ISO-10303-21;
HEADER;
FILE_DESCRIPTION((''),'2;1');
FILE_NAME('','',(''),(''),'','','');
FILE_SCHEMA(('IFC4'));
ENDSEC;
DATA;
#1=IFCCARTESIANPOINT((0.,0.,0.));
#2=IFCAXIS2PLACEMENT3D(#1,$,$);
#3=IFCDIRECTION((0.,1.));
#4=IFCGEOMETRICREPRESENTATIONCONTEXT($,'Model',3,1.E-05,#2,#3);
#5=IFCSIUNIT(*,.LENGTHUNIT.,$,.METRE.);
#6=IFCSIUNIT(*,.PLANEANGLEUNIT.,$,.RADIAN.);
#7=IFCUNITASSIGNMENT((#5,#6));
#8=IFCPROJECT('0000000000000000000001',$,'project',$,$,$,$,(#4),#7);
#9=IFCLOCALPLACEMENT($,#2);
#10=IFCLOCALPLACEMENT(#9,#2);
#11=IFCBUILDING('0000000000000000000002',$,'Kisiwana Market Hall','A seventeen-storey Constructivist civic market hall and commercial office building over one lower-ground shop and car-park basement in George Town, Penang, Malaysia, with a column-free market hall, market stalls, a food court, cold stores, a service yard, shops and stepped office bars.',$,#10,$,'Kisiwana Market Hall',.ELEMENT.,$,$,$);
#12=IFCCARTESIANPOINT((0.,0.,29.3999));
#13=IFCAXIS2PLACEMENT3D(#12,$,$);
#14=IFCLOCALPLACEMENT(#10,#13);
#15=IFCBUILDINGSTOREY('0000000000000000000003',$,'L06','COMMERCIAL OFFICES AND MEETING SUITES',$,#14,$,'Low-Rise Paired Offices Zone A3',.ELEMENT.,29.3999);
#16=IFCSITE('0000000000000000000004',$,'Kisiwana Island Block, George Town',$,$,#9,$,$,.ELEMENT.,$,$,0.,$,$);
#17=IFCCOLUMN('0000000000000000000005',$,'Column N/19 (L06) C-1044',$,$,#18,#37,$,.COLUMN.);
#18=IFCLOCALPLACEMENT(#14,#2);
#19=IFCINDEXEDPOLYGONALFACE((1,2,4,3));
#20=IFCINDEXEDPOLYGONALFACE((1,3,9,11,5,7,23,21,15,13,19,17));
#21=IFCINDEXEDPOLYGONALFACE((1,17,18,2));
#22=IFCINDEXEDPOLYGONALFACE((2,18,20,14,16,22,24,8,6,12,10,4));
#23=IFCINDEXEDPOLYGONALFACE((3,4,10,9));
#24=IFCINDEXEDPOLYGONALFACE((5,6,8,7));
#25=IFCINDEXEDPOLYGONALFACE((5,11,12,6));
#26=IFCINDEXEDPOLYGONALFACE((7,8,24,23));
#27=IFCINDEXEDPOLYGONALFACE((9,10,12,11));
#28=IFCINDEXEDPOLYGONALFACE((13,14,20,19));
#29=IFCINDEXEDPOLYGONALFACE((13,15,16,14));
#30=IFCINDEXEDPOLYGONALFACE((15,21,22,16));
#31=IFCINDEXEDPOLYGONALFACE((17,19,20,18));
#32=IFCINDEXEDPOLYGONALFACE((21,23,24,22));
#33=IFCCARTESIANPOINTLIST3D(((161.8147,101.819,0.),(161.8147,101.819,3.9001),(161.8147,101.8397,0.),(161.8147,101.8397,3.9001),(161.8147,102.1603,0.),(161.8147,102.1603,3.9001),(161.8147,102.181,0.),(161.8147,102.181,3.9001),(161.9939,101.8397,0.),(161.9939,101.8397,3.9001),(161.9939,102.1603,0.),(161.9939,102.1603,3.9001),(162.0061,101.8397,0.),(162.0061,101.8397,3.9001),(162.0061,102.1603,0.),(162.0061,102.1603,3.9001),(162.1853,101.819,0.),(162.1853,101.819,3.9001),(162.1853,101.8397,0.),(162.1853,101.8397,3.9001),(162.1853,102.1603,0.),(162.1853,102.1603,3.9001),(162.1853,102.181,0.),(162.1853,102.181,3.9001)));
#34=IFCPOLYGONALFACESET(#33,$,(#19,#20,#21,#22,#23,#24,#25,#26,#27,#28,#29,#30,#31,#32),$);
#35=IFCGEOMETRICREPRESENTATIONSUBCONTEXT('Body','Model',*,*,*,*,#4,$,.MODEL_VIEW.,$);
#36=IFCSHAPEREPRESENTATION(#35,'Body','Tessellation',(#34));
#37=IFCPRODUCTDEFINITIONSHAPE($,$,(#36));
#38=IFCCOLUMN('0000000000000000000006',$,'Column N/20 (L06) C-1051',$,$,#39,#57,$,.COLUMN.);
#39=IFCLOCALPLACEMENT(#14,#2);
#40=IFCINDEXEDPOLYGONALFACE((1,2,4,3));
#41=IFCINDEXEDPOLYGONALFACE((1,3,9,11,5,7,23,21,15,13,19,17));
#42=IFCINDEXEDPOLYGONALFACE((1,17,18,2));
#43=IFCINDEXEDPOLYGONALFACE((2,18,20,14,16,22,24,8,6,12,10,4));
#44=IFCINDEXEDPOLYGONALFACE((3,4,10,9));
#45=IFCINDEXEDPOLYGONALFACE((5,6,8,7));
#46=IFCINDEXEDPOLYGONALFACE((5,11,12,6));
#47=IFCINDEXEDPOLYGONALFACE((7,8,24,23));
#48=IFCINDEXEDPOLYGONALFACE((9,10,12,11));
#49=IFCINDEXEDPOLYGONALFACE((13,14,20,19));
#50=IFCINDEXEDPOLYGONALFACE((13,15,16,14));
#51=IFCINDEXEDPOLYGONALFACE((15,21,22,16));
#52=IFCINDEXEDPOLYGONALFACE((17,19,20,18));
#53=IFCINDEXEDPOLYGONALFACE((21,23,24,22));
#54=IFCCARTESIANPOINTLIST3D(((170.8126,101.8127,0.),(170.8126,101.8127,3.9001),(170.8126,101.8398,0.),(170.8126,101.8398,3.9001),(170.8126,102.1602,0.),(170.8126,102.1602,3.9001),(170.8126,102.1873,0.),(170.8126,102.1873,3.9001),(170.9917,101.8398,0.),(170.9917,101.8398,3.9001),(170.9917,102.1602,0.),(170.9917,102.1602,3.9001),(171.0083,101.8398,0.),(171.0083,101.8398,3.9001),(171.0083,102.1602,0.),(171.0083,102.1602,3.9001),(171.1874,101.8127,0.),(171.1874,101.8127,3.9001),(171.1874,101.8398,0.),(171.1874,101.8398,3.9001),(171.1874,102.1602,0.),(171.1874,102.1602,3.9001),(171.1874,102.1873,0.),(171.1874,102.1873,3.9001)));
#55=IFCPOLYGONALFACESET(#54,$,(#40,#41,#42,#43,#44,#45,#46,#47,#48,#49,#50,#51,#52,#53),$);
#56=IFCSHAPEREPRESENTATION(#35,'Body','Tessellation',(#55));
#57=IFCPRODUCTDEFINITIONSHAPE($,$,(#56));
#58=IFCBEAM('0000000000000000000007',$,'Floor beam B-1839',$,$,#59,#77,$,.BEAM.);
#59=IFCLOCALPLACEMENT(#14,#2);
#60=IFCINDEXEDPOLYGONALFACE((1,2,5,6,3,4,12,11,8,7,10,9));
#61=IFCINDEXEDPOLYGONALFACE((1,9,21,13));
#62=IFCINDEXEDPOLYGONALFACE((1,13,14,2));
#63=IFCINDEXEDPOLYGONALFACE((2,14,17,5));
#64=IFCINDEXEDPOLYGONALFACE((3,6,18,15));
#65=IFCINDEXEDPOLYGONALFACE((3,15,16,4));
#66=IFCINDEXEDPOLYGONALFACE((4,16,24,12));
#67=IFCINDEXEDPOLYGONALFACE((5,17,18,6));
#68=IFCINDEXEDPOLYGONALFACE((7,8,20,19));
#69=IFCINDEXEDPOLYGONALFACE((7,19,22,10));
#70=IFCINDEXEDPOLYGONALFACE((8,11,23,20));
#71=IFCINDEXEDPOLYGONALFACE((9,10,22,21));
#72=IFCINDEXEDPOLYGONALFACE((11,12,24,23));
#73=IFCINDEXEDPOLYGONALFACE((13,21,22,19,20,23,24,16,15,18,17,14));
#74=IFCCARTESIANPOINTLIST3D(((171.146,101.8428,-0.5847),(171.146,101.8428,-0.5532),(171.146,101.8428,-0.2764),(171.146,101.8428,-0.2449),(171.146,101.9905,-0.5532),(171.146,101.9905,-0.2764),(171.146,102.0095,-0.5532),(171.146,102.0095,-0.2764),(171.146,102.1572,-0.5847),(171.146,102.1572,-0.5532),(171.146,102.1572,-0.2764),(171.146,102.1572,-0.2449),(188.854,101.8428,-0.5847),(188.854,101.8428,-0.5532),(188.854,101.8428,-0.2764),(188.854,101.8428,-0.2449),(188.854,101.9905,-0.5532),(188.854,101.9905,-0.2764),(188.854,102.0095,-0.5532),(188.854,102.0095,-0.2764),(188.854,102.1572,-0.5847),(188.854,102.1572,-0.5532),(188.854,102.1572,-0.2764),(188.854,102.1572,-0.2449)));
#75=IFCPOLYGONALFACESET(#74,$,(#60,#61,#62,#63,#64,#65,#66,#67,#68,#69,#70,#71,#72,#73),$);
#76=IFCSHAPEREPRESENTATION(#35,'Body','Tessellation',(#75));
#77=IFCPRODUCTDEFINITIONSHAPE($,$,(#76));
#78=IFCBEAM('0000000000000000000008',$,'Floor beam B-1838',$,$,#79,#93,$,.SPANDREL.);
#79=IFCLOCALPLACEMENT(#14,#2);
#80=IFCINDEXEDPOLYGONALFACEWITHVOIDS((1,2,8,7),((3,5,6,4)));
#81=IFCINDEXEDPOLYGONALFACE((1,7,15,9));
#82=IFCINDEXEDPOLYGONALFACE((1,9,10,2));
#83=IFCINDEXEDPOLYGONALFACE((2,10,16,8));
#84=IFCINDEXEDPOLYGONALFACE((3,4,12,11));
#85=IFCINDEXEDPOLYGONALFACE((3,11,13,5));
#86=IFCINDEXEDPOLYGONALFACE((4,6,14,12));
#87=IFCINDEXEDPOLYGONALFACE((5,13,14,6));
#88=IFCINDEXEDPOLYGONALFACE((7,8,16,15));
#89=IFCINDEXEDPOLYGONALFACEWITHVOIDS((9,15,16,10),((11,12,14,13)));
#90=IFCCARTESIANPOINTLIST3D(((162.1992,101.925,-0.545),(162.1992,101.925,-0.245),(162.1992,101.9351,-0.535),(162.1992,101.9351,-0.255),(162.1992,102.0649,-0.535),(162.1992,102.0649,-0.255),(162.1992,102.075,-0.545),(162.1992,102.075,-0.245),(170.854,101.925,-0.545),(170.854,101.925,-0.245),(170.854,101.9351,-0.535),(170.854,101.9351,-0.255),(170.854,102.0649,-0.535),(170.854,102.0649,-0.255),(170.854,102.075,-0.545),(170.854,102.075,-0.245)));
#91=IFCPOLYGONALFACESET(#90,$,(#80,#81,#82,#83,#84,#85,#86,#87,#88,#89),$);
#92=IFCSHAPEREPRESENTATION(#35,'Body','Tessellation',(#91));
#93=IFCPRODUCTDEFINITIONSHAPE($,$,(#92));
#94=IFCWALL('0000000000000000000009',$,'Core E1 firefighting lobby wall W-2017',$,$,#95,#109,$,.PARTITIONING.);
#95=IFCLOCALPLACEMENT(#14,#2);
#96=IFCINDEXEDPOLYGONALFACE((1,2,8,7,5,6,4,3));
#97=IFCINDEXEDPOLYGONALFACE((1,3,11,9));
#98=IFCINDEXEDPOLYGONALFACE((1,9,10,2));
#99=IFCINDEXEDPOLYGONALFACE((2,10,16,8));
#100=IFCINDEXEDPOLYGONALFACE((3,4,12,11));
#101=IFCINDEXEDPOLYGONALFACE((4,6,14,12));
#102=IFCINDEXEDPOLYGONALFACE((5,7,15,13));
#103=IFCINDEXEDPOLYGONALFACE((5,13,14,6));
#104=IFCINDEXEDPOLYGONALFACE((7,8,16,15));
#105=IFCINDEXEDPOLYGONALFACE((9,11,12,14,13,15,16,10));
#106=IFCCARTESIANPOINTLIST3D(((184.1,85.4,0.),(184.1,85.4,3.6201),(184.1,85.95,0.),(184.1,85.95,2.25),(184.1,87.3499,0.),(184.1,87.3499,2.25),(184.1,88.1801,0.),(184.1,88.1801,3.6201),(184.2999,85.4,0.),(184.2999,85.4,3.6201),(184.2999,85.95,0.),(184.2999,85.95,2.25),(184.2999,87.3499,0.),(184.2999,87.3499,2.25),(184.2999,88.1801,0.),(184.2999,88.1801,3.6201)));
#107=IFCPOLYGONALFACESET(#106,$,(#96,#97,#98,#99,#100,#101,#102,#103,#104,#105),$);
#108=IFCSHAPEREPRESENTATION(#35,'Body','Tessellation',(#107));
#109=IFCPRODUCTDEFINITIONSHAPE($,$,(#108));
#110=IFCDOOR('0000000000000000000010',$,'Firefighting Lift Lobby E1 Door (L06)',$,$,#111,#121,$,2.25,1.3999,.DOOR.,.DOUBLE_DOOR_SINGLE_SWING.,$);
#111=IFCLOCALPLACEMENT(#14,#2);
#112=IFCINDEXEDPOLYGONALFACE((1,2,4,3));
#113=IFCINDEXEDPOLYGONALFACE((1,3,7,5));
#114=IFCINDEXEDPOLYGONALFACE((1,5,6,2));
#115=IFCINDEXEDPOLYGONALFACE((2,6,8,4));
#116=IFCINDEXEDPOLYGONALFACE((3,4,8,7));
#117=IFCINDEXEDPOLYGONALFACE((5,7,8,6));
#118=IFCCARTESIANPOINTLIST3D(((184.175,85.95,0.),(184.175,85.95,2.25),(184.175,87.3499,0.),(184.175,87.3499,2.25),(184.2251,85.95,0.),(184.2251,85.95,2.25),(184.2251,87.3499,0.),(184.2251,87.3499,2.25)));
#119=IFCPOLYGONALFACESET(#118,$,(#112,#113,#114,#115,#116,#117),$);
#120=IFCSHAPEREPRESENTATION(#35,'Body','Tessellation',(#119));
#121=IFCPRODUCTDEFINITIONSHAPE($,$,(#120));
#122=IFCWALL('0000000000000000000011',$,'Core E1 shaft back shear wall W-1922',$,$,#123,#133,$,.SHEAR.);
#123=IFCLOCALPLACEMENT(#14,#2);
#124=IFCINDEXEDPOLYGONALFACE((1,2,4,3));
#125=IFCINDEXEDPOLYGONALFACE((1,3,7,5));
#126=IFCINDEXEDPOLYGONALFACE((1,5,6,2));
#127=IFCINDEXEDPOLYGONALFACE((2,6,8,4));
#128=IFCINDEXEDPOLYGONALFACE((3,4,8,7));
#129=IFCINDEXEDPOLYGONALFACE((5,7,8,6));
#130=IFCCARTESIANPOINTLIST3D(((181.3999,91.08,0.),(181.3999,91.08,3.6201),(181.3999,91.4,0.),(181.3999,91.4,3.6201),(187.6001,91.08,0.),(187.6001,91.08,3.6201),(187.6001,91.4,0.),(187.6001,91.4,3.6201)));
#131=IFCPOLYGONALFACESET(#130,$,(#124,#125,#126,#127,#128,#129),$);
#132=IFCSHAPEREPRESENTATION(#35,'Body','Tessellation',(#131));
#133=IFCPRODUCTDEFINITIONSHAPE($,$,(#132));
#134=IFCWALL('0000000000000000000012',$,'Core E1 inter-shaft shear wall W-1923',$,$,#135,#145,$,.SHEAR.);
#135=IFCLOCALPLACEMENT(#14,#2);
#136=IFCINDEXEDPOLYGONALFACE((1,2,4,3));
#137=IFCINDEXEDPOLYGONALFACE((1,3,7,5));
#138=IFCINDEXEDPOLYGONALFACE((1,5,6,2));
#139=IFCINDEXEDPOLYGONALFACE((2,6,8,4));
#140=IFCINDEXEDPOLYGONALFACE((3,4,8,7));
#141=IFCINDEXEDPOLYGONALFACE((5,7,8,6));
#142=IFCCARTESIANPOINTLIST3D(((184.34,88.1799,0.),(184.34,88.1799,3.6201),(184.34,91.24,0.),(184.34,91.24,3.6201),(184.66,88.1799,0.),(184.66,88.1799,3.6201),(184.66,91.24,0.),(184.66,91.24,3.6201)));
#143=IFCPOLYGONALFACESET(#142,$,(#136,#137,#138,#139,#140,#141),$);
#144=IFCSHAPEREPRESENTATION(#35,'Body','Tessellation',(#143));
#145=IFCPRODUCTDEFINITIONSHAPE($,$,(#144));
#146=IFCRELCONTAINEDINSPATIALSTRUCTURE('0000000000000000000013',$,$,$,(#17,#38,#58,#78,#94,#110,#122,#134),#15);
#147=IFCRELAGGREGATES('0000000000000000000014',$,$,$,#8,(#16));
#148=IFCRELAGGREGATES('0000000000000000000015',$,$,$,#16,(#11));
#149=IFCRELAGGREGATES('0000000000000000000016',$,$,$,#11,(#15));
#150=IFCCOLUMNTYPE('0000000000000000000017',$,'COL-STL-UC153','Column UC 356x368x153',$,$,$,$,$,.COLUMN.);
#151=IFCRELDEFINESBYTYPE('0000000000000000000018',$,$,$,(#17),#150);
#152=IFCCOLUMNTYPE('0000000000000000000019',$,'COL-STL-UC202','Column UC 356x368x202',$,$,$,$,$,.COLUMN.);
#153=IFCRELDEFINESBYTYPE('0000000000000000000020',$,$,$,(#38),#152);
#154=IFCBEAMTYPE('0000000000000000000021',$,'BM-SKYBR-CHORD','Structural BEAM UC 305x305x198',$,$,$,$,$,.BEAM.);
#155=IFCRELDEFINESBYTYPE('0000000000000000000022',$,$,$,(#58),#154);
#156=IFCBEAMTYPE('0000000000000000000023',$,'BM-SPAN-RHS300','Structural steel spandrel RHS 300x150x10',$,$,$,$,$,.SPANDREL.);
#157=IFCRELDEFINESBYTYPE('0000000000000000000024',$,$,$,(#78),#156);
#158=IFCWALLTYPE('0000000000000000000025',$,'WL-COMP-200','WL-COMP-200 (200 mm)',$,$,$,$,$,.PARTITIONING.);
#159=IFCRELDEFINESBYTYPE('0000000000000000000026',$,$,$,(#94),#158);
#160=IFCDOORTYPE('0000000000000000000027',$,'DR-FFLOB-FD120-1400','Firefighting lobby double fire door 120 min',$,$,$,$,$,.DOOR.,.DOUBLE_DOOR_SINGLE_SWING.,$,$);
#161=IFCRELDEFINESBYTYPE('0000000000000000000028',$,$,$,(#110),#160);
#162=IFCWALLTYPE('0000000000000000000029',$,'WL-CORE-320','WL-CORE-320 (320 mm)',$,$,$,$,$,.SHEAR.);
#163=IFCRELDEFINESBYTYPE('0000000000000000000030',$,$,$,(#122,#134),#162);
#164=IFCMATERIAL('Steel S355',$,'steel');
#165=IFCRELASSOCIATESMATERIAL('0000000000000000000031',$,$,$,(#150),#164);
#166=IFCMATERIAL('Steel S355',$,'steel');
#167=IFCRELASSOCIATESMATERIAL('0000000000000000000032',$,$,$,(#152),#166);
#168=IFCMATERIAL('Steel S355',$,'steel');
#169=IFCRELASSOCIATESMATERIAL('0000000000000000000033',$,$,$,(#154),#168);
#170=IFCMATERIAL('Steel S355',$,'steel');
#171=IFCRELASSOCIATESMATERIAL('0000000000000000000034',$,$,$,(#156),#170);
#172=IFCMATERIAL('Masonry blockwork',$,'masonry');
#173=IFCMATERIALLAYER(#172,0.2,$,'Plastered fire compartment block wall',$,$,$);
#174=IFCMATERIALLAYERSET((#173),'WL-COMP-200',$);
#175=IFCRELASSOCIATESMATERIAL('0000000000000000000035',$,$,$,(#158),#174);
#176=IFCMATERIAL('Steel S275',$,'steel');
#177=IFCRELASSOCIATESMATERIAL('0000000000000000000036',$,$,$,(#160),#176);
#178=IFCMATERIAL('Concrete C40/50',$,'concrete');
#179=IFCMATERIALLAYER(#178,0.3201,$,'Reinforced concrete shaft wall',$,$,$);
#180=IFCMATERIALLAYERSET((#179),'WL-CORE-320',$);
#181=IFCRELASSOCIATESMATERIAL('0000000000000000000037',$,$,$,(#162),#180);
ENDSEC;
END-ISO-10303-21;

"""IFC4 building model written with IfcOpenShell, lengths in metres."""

from ifc_helpers import new_model, si_unit, direction, frame, frame_2d, origin, origin_2d, place, context, subcontext, project, spatial, rectangle, hollow_rectangle, i_section, extrude, material, layer, layer_set, material_profile, profile_set, type_object, element, fill, save


model = new_model("IFC4")

# Units and contexts
model_context = context("Model", 3, precision=1e-05, world=origin(), true_north=direction((0.0, 1.0)))
body_context = subcontext(model_context, "Body", "Model", "MODEL_VIEW")
ifc_project = project(units=[si_unit("LENGTHUNIT", "METRE"), si_unit("PLANEANGLEUNIT", "RADIAN")], contexts=[model_context])

# Site, building, storey
site_placement = place(None, origin())
site = spatial("IfcSite", under=ifc_project, at=site_placement, Name="Kisiwana Island Block, George Town", CompositionType="ELEMENT", RefElevation=0.0)
building_placement = place(site_placement, origin())
building = spatial("IfcBuilding", under=site, at=building_placement, Name="Kisiwana Market Hall", Description="A seventeen-storey Constructivist civic market hall and commercial office building over one lower-ground shop and car-park basement in George Town, Penang, Malaysia, with a column-free market hall, market stalls, a food court, cold stores, a service yard, shops and stepped office bars.", LongName="Kisiwana Market Hall", CompositionType="ELEMENT")
storey_placement = place(building_placement, frame((0.0, 0.0, 29.3999)))
storey = spatial("IfcBuildingStorey", under=building, at=storey_placement, Name="L06", Description="COMMERCIAL OFFICES AND MEETING SUITES", LongName="Low-Rise Paired Offices Zone A3", CompositionType="ELEMENT", Elevation=29.3999)

# Columns
ifc_material_1 = material(Name="Steel S355", Category="steel")
ifc_material_profile_1 = material_profile(ifc_material_1, i_section(OverallWidth=0.3706, OverallDepth=0.3621, WebThickness=0.0122, FlangeThickness=0.0208, at=origin_2d()), Name="UC 356x368x153")
ifc_profile_set_1 = profile_set([ifc_material_profile_1], Name="Steel S355")
column_type_1 = type_object("IfcColumnType", Name="COL-STL-UC153", Description="Column UC 356x368x153", PredefinedType="COLUMN", material=ifc_profile_set_1)
column_1_placement = place(storey_placement, frame((162.0, 102.0, 0.0), z_axis=(0.0, 0.0, 1.0), x_axis=(1.0, 0.0, 0.0)))
element("IfcColumn", 1, at=column_1_placement, inside=storey, type_object=column_type_1, Name="Column N/19 (L06) C-1044", PredefinedType="COLUMN", context=body_context, shape_type="SweptSolid", body=[
    extrude(i_section(OverallWidth=0.3706, OverallDepth=0.3621, WebThickness=0.0122, FlangeThickness=0.0208, at=origin_2d()), origin(), (0.0, 0.0, 1.0), 3.9001),
])
ifc_material_2 = material(Name="Steel S355", Category="steel")
ifc_material_profile_2 = material_profile(ifc_material_2, i_section(OverallWidth=0.3748, OverallDepth=0.3745, WebThickness=0.0166, FlangeThickness=0.0271, at=origin_2d()), Name="UC 356x368x202")
ifc_profile_set_2 = profile_set([ifc_material_profile_2], Name="Steel S355")
column_type_2 = type_object("IfcColumnType", Name="COL-STL-UC202", Description="Column UC 356x368x202", PredefinedType="COLUMN", material=ifc_profile_set_2)
column_2_placement = place(storey_placement, frame((171.0, 102.0, 0.0), z_axis=(0.0, 0.0, 1.0), x_axis=(1.0, 0.0, 0.0)))
element("IfcColumn", 2, at=column_2_placement, inside=storey, type_object=column_type_2, Name="Column N/20 (L06) C-1051", PredefinedType="COLUMN", context=body_context, shape_type="SweptSolid", body=[
    extrude(i_section(OverallWidth=0.3748, OverallDepth=0.3745, WebThickness=0.0166, FlangeThickness=0.0271, at=origin_2d()), origin(), (0.0, 0.0, 1.0), 3.9001),
])

# Beams
ifc_material_3 = material(Name="Steel S355", Category="steel")
ifc_material_profile_3 = material_profile(ifc_material_3, i_section(OverallWidth=0.3145, OverallDepth=0.3398, WebThickness=0.019, FlangeThickness=0.0315, at=origin_2d()), Name="UC 305x305x198")
ifc_profile_set_3 = profile_set([ifc_material_profile_3], Name="Steel S355")
beam_type_1 = type_object("IfcBeamType", Name="BM-SKYBR-CHORD", Description="Structural BEAM UC 305x305x198", PredefinedType="BEAM", material=ifc_profile_set_3)
beam_1_placement = place(storey_placement, frame((171.146, 102.0, -0.4148), z_axis=(1.0, 0.0, 0.0), x_axis=(0.0, 1.0, 0.0)))
element("IfcBeam", 3, at=beam_1_placement, inside=storey, type_object=beam_type_1, Name="Floor beam B-1839", PredefinedType="BEAM", context=body_context, shape_type="SweptSolid", body=[
    extrude(i_section(OverallWidth=0.3145, OverallDepth=0.3398, WebThickness=0.019, FlangeThickness=0.0315, at=origin_2d()), origin(), (0.0, 0.0, 1.0), 17.708),
])
ifc_material_4 = material(Name="Steel S355", Category="steel")
ifc_material_profile_4 = material_profile(ifc_material_4, hollow_rectangle(XDim=0.1499, YDim=0.3, WallThickness=0.01, at=origin_2d()), Name="RHS 300x150x10")
ifc_profile_set_4 = profile_set([ifc_material_profile_4], Name="Steel S355")
beam_type_2 = type_object("IfcBeamType", Name="BM-SPAN-RHS300", Description="Structural steel spandrel RHS 300x150x10", PredefinedType="SPANDREL", material=ifc_profile_set_4)
beam_2_placement = place(storey_placement, frame((162.1992, 102.0, -0.395), z_axis=(1.0, 0.0, 0.0), x_axis=(0.0, 1.0, 0.0)))
element("IfcBeam", 4, at=beam_2_placement, inside=storey, type_object=beam_type_2, Name="Floor beam B-1838", PredefinedType="SPANDREL", context=body_context, shape_type="SweptSolid", body=[
    extrude(hollow_rectangle(XDim=0.1499, YDim=0.3, WallThickness=0.01, at=origin_2d()), origin(), (0.0, 0.0, 1.0), 8.6548),
])

# Wall, opening, door
ifc_material_5 = material(Name="Masonry blockwork", Category="masonry")
ifc_layer_1 = layer(ifc_material_5, 0.2, Name="Plastered fire compartment block wall")
ifc_layer_set_1 = layer_set([ifc_layer_1], Name="WL-COMP-200")
wall_type_1 = type_object("IfcWallType", Name="WL-COMP-200", Description="WL-COMP-200 (200 mm)", PredefinedType="PARTITIONING", material=ifc_layer_set_1)
wall_1_placement = place(storey_placement, frame((184.2, 85.3999, 0.0), z_axis=(0.0, 0.0, 1.0), x_axis=(0.0, 1.0, 0.0)))
wall_1 = element("IfcWall", 5, at=wall_1_placement, inside=storey, type_object=wall_type_1, Name="Core E1 firefighting lobby wall W-2017", PredefinedType="PARTITIONING", context=body_context, shape_type="SweptSolid", body=[
    extrude(rectangle(XDim=2.78, YDim=0.2, at=frame_2d((1.3901, 0.0))), origin(), (0.0, 0.0, 1.0), 3.6201),
])
opening_1_placement = place(wall_1_placement, frame((0.55, 0.0, 0.0)))
opening_1 = element("IfcOpeningElement", 6, at=opening_1_placement, cuts=wall_1, PredefinedType="OPENING", context=body_context, shape_type="SweptSolid", body=[
    extrude(rectangle(XDim=1.3999, YDim=2.25, at=frame_2d((0.7, 1.125))), frame((0.0, 0.1118, 0.0), z_axis=(0.0, -1.0, 0.0), x_axis=(1.0, 0.0, 0.0)), (0.0, 0.0, 1.0), 0.2239),
])
ifc_material_6 = material(Name="Steel S275", Category="steel")
door_type_1 = type_object("IfcDoorType", Name="DR-FFLOB-FD120-1400", Description="Firefighting lobby double fire door 120 min", OperationType="DOUBLE_DOOR_SINGLE_SWING", PredefinedType="DOOR", material=ifc_material_6)
door_1_placement = place(opening_1_placement, origin())
door_1 = element("IfcDoor", 7, at=door_1_placement, inside=storey, type_object=door_type_1, Name="Firefighting Lift Lobby E1 Door (L06)", OperationType="DOUBLE_DOOR_SINGLE_SWING", OverallHeight=2.25, OverallWidth=1.3999, PredefinedType="DOOR", context=body_context, shape_type="SweptSolid", body=[
    extrude(rectangle(XDim=1.3999, YDim=2.25, at=frame_2d((0.7, 1.125))), frame((0.0, 0.0249, 0.0), z_axis=(0.0, -1.0, 0.0), x_axis=(1.0, 0.0, 0.0)), (0.0, 0.0, 1.0), 0.05),
])
fill(opening_1, door_1)

# Walls
ifc_material_7 = material(Name="Concrete C40/50", Category="concrete")
ifc_layer_2 = layer(ifc_material_7, 0.3201, Name="Reinforced concrete shaft wall")
ifc_layer_set_2 = layer_set([ifc_layer_2], Name="WL-CORE-320")
wall_type_2 = type_object("IfcWallType", Name="WL-CORE-320", Description="WL-CORE-320 (320 mm)", PredefinedType="SHEAR", material=ifc_layer_set_2)
wall_2_placement = place(storey_placement, frame((181.3999, 91.24, 0.0), z_axis=(0.0, 0.0, 1.0), x_axis=(1.0, 0.0, 0.0)))
element("IfcWall", 8, at=wall_2_placement, inside=storey, type_object=wall_type_2, Name="Core E1 shaft back shear wall W-1922", PredefinedType="SHEAR", context=body_context, shape_type="SweptSolid", body=[
    extrude(rectangle(XDim=6.2002, YDim=0.3201, at=frame_2d((3.1001, 0.0))), origin(), (0.0, 0.0, 1.0), 3.6201),
])
wall_3_placement = place(storey_placement, frame((184.5, 88.1799, 0.0), z_axis=(0.0, 0.0, 1.0), x_axis=(0.0, 1.0, 0.0)))
element("IfcWall", 9, at=wall_3_placement, inside=storey, type_object=wall_type_2, Name="Core E1 inter-shaft shear wall W-1923", PredefinedType="SHEAR", context=body_context, shape_type="SweptSolid", body=[
    extrude(rectangle(XDim=3.0601, YDim=0.3201, at=frame_2d((1.53, 0.0))), origin(), (0.0, 0.0, 1.0), 3.6201),
])

save(model, "model.ifc")
